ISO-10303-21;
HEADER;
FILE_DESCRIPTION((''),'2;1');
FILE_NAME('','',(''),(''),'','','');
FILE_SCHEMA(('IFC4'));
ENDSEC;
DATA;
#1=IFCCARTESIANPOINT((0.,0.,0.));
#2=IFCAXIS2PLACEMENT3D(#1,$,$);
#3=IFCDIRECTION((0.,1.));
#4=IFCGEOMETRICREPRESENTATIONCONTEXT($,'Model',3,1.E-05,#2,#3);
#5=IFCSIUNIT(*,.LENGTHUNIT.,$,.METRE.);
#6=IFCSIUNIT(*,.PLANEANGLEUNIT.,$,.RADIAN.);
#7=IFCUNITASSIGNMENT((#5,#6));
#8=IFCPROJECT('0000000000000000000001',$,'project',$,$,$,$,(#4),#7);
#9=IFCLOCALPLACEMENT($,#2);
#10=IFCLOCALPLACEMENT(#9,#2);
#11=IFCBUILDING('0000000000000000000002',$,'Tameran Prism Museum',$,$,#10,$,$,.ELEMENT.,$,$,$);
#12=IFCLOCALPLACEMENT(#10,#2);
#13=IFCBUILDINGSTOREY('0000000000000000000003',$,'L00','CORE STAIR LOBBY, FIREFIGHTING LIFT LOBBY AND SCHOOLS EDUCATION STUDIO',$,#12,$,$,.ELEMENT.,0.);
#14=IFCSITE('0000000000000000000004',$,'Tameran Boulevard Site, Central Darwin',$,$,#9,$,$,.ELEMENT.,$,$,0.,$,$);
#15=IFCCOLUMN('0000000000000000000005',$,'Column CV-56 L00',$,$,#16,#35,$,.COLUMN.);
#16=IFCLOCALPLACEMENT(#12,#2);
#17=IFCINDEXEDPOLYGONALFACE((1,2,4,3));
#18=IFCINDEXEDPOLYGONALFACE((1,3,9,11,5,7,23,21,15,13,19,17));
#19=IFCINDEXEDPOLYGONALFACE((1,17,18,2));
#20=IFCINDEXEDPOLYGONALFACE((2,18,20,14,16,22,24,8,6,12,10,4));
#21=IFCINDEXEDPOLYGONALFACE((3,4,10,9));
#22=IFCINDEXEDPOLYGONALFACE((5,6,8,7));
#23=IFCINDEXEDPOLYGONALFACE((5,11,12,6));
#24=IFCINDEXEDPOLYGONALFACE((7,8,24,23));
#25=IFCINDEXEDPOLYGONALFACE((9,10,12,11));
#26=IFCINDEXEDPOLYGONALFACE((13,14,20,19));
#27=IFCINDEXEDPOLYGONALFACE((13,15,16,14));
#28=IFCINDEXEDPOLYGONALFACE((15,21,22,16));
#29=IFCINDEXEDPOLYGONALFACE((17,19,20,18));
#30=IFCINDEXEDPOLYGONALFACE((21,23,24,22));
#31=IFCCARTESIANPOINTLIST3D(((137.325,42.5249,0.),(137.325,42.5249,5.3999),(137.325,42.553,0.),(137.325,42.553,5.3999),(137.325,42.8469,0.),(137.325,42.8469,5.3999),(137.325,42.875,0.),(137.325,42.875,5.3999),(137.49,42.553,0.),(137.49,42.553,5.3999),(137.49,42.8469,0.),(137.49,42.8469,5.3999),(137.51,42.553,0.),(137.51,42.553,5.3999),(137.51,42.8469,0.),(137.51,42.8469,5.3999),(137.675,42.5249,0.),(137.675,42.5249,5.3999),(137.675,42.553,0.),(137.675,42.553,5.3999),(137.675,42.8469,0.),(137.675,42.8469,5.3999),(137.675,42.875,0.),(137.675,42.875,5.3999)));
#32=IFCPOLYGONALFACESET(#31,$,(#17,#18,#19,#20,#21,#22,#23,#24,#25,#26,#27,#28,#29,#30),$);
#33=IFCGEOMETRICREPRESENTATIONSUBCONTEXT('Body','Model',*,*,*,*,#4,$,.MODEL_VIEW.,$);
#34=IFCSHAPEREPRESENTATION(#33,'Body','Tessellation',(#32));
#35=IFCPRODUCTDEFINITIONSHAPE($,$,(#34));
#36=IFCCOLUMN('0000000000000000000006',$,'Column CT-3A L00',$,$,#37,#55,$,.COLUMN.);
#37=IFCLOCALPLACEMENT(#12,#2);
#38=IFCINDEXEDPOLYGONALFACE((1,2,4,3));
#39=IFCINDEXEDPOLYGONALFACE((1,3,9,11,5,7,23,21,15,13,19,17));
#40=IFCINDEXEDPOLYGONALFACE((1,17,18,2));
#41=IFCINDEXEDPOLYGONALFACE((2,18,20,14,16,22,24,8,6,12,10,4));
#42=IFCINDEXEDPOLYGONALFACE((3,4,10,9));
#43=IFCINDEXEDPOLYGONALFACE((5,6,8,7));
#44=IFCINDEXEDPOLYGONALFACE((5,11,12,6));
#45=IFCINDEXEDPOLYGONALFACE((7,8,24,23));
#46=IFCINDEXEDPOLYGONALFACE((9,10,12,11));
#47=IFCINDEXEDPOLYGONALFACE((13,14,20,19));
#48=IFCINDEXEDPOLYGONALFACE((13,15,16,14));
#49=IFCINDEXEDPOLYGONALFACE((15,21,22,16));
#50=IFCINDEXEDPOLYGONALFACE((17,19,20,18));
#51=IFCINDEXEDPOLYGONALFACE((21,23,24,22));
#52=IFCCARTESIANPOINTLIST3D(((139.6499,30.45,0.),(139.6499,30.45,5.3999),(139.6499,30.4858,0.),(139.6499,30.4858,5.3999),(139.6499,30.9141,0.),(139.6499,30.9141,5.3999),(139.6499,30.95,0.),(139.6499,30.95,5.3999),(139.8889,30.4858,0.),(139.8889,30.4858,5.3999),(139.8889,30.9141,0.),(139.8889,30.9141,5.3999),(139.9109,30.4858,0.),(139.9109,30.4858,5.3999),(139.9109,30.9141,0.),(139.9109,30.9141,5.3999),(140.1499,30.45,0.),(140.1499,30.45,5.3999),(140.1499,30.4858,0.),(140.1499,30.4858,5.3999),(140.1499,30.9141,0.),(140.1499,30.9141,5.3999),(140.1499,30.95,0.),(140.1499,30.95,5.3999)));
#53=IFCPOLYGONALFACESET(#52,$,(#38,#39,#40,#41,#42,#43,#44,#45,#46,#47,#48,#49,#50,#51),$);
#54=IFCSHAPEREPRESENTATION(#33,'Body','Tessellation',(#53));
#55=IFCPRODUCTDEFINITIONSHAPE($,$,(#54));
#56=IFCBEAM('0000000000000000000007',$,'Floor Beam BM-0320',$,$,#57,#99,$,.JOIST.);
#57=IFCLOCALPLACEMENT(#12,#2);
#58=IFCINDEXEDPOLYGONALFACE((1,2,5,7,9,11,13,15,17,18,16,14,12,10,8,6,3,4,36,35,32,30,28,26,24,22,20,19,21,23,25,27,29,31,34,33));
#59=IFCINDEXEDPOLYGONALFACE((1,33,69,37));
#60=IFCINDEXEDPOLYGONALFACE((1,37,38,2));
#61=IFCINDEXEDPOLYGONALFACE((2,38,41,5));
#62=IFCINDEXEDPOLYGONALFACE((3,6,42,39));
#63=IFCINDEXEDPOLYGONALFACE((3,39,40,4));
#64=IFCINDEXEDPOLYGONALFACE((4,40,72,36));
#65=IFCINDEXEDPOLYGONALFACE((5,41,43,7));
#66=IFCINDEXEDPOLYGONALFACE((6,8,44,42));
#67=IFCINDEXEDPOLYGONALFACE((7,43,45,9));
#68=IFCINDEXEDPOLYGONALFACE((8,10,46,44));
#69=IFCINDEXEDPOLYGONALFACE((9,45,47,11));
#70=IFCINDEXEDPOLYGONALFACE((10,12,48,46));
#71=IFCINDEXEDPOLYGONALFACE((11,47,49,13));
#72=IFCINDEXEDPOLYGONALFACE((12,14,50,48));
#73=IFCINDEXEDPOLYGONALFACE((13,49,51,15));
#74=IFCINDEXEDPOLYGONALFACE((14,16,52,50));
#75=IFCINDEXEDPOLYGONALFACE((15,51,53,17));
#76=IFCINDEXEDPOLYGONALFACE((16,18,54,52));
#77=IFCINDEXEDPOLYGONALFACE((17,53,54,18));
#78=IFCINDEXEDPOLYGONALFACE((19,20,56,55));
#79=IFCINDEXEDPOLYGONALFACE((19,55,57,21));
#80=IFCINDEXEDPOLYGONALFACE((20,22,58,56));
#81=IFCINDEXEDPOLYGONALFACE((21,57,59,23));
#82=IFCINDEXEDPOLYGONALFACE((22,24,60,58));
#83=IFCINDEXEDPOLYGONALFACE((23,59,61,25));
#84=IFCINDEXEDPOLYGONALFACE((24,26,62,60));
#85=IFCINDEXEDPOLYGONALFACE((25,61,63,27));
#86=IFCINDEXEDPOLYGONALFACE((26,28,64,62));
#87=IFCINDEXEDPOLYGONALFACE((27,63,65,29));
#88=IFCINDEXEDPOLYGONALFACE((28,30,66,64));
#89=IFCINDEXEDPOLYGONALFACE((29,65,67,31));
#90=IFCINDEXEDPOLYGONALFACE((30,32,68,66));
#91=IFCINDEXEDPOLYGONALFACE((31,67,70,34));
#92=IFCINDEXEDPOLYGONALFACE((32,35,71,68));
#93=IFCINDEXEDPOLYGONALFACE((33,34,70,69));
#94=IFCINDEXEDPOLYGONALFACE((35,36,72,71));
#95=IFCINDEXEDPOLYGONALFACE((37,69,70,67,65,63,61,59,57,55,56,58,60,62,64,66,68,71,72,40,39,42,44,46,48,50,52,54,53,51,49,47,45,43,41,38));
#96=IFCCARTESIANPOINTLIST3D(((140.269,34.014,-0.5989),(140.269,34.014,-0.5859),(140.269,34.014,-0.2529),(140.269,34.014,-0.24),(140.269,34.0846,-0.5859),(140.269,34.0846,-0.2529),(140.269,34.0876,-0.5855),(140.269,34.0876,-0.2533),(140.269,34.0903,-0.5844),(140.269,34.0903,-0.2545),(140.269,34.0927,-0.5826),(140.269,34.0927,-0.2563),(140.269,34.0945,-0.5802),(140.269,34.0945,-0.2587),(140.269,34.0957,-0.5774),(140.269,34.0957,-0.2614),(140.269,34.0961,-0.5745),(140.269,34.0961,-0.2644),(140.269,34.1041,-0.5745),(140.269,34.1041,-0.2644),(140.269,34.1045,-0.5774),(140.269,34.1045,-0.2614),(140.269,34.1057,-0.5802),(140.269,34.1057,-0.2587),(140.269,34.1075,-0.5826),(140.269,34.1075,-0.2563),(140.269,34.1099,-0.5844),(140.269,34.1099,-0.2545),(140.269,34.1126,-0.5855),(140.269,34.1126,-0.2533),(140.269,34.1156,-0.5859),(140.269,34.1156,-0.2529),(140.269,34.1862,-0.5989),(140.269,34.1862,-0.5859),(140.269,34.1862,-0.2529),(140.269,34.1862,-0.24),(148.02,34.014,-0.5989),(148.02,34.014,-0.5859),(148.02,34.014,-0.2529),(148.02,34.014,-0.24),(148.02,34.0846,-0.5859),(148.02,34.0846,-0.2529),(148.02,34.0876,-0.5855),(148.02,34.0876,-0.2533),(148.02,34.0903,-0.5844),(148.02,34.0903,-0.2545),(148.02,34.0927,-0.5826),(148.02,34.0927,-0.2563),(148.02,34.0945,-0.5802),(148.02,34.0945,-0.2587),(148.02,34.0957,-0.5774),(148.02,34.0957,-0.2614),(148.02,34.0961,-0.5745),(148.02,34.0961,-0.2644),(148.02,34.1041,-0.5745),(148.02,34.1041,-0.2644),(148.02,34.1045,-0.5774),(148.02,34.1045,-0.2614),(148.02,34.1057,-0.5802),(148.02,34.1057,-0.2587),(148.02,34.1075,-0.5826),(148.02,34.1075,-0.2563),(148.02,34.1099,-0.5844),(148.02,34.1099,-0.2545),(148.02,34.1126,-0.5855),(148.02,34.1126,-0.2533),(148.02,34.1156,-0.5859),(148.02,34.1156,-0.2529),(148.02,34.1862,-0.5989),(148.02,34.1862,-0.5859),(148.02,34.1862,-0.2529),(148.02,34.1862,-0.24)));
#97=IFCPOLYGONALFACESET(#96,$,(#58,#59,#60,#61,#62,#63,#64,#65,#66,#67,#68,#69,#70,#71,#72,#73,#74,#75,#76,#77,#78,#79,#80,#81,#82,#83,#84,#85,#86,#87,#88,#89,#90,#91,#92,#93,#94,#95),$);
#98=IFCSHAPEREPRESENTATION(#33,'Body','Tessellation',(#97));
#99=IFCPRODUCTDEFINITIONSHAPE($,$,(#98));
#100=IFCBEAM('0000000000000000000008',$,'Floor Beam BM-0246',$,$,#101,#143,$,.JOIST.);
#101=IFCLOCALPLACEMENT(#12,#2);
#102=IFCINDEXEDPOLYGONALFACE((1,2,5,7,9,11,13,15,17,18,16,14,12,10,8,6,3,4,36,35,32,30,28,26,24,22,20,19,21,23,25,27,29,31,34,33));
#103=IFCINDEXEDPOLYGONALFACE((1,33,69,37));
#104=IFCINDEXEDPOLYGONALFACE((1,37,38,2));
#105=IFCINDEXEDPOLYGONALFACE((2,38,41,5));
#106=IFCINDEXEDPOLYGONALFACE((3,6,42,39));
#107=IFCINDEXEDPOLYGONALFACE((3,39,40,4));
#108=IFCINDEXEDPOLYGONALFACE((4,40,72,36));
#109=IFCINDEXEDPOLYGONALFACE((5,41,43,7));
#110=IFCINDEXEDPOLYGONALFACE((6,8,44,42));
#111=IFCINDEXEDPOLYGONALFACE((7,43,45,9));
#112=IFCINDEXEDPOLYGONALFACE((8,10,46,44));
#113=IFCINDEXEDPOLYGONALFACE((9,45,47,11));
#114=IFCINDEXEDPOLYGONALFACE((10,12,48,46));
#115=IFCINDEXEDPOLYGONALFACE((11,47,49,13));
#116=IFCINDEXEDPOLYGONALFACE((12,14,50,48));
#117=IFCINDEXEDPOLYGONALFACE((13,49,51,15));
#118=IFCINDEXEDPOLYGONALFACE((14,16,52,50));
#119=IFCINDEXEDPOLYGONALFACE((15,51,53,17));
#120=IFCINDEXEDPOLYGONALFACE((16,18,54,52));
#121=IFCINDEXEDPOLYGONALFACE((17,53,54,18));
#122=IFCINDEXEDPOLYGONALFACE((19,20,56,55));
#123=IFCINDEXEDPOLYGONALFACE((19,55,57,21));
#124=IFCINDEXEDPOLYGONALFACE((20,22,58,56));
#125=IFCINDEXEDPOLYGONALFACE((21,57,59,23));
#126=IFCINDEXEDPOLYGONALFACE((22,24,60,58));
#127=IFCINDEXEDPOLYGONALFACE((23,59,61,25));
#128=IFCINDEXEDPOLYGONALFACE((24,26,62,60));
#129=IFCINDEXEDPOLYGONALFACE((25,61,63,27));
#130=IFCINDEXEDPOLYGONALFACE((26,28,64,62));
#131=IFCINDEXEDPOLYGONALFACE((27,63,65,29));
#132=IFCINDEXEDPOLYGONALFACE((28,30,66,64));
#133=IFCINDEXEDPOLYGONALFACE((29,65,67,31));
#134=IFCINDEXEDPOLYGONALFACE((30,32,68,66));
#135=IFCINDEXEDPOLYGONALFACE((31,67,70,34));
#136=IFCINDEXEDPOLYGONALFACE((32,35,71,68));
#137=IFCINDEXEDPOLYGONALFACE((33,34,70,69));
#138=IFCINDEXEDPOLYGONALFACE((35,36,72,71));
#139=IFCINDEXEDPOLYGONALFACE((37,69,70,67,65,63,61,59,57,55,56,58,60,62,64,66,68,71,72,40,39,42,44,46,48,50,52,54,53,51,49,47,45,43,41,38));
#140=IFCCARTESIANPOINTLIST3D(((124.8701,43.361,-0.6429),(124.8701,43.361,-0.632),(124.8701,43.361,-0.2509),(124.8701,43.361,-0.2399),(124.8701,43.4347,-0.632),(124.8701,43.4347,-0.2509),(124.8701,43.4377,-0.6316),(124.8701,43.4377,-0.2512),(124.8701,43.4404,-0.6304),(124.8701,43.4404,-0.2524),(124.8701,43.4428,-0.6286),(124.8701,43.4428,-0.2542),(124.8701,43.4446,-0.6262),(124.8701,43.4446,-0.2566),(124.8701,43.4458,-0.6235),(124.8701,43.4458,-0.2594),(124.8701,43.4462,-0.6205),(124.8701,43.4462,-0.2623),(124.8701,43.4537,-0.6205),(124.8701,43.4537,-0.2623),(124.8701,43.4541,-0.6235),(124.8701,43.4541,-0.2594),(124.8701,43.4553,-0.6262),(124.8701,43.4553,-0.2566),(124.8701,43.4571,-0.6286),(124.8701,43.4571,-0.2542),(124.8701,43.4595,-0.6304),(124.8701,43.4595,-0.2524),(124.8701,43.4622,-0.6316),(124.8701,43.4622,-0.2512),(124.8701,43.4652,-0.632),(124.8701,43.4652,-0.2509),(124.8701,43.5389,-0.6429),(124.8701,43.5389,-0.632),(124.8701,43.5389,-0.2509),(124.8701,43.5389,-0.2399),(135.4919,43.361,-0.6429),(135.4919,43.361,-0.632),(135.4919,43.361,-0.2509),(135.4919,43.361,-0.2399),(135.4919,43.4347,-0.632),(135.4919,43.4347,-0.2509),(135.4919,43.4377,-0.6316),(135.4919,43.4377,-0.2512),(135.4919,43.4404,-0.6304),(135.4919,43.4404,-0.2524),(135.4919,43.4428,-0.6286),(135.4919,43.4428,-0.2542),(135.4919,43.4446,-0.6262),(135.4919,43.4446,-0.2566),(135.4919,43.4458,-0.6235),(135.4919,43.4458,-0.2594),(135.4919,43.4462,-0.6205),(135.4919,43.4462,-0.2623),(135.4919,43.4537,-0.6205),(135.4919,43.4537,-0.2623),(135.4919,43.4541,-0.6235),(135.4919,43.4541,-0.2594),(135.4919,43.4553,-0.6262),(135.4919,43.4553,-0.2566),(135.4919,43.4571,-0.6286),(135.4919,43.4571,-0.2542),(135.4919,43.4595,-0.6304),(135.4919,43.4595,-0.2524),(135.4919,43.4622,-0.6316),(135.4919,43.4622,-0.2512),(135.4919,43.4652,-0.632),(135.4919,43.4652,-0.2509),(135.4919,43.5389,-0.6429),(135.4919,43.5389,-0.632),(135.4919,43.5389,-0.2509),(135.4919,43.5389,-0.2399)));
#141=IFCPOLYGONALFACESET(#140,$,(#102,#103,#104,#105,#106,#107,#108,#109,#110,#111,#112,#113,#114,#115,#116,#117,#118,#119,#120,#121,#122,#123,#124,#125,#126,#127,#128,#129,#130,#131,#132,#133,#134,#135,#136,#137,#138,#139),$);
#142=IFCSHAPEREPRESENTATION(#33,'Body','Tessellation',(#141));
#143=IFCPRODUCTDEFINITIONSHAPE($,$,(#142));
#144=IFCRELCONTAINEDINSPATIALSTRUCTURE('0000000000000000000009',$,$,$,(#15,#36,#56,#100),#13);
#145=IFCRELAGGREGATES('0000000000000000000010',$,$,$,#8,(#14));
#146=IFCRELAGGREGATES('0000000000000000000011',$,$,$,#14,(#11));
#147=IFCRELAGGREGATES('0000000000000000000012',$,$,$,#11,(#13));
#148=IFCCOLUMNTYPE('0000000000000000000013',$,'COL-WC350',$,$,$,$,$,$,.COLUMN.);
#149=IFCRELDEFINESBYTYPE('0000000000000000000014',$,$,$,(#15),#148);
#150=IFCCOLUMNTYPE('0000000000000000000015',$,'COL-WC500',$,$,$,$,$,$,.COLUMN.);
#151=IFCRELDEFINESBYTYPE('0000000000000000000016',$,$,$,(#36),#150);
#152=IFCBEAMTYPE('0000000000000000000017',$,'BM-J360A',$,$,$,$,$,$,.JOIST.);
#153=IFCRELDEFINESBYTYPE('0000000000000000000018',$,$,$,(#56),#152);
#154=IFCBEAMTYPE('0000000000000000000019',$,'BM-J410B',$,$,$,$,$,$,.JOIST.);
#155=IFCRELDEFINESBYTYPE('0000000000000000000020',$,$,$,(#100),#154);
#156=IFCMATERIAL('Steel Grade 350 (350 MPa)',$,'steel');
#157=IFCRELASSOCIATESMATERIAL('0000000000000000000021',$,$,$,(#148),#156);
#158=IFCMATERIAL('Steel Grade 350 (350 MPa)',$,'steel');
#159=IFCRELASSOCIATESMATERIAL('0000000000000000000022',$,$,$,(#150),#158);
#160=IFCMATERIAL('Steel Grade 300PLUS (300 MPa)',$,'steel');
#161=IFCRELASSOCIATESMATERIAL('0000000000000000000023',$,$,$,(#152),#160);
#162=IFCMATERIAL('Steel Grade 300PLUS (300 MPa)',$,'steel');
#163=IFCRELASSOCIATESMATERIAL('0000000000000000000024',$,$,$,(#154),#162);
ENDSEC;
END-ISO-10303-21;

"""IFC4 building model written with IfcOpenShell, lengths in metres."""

from ifc_helpers import new_model, si_unit, direction, frame, origin, origin_2d, place, context, subcontext, project, spatial, i_section, extrude, material, material_profile, profile_set, type_object, element, save


model = new_model("IFC4")

# Units and contexts
model_context = context("Model", 3, precision=1e-05, world=origin(), true_north=direction((0.0, 1.0)))
body_context = subcontext(model_context, "Body", "Model", "MODEL_VIEW")
ifc_project = project(units=[si_unit("LENGTHUNIT", "METRE"), si_unit("PLANEANGLEUNIT", "RADIAN")], contexts=[model_context])

# Site, building, storey
site_placement = place(None, origin())
site = spatial("IfcSite", under=ifc_project, at=site_placement, Name="Tameran Boulevard Site, Central Darwin", CompositionType="ELEMENT", RefElevation=0.0)
building_placement = place(site_placement, origin())
building = spatial("IfcBuilding", under=site, at=building_placement, Name="Tameran Prism Museum", CompositionType="ELEMENT")
storey_placement = place(building_placement, origin())
storey = spatial("IfcBuildingStorey", under=building, at=storey_placement, Name="L00", Description="CORE STAIR LOBBY, FIREFIGHTING LIFT LOBBY AND SCHOOLS EDUCATION STUDIO", CompositionType="ELEMENT", Elevation=0.0)

# Columns
ifc_material_1 = material(Name="Steel Grade 350 (350 MPa)", Category="steel")
ifc_material_profile_1 = material_profile(ifc_material_1, i_section(OverallWidth=0.3501, OverallDepth=0.3501, WebThickness=0.02, FlangeThickness=0.0281, at=origin_2d()))
ifc_profile_set_1 = profile_set([ifc_material_profile_1])
column_type_1 = type_object("IfcColumnType", Name="COL-WC350", PredefinedType="COLUMN", material=ifc_profile_set_1)
column_1_placement = place(storey_placement, frame((137.5, 42.7, 0.0), z_axis=(0.0, 0.0, 1.0), x_axis=(1.0, 0.0, 0.0)))
element("IfcColumn", 1, at=column_1_placement, inside=storey, type_object=column_type_1, Name="Column CV-56 L00", PredefinedType="COLUMN", context=body_context, shape_type="SweptSolid", body=[
    extrude(i_section(OverallWidth=0.3501, OverallDepth=0.3501, WebThickness=0.02, FlangeThickness=0.0281, at=origin_2d()), origin(), (0.0, 0.0, 1.0), 5.3999),
])
ifc_material_2 = material(Name="Steel Grade 350 (350 MPa)", Category="steel")
ifc_material_profile_2 = material_profile(ifc_material_2, i_section(OverallWidth=0.5, OverallDepth=0.5, WebThickness=0.022, FlangeThickness=0.0359, at=origin_2d()))
ifc_profile_set_2 = profile_set([ifc_material_profile_2])
column_type_2 = type_object("IfcColumnType", Name="COL-WC500", PredefinedType="COLUMN", material=ifc_profile_set_2)
column_2_placement = place(storey_placement, frame((139.8999, 30.7, 0.0), z_axis=(0.0, 0.0, 1.0), x_axis=(1.0, 0.0, 0.0)))
element("IfcColumn", 2, at=column_2_placement, inside=storey, type_object=column_type_2, Name="Column CT-3A L00", PredefinedType="COLUMN", context=body_context, shape_type="SweptSolid", body=[
    extrude(i_section(OverallWidth=0.5, OverallDepth=0.5, WebThickness=0.022, FlangeThickness=0.0359, at=origin_2d()), origin(), (0.0, 0.0, 1.0), 5.3999),
])

# Beams
ifc_material_3 = material(Name="Steel Grade 300PLUS (300 MPa)", Category="steel")
ifc_material_profile_3 = material_profile(ifc_material_3, i_section(OverallWidth=0.1721, OverallDepth=0.3589, WebThickness=0.0081, FlangeThickness=0.0129, FilletRadius=0.0115, at=origin_2d()))
ifc_profile_set_3 = profile_set([ifc_material_profile_3])
beam_type_1 = type_object("IfcBeamType", Name="BM-J360A", PredefinedType="JOIST", material=ifc_profile_set_3)
beam_1_placement = place(storey_placement, frame((140.269, 34.1001, -0.4194), z_axis=(1.0, 0.0, 0.0), x_axis=(0.0, 1.0, 0.0)))
element("IfcBeam", 3, at=beam_1_placement, inside=storey, type_object=beam_type_1, Name="Floor Beam BM-0320", PredefinedType="JOIST", context=body_context, shape_type="SweptSolid", body=[
    extrude(i_section(OverallWidth=0.1721, OverallDepth=0.3589, WebThickness=0.0081, FlangeThickness=0.0129, FilletRadius=0.0115, at=origin_2d()), origin(), (0.0, 0.0, 1.0), 7.751),
])
ifc_material_4 = material(Name="Steel Grade 300PLUS (300 MPa)", Category="steel")
ifc_material_profile_4 = material_profile(ifc_material_4, i_section(OverallWidth=0.178, OverallDepth=0.4031, WebThickness=0.0076, FlangeThickness=0.011, FilletRadius=0.0115, at=origin_2d()))
ifc_profile_set_4 = profile_set([ifc_material_profile_4])
beam_type_2 = type_object("IfcBeamType", Name="BM-J410B", PredefinedType="JOIST", material=ifc_profile_set_4)
beam_2_placement = place(storey_placement, frame((124.8701, 43.45, -0.4414), z_axis=(1.0, 0.0, 0.0), x_axis=(0.0, 1.0, 0.0)))
element("IfcBeam", 4, at=beam_2_placement, inside=storey, type_object=beam_type_2, Name="Floor Beam BM-0246", PredefinedType="JOIST", context=body_context, shape_type="SweptSolid", body=[
    extrude(i_section(OverallWidth=0.178, OverallDepth=0.4031, WebThickness=0.0076, FlangeThickness=0.011, FilletRadius=0.0115, at=origin_2d()), origin(), (0.0, 0.0, 1.0), 10.6218),
])

save(model, "model.ifc")
